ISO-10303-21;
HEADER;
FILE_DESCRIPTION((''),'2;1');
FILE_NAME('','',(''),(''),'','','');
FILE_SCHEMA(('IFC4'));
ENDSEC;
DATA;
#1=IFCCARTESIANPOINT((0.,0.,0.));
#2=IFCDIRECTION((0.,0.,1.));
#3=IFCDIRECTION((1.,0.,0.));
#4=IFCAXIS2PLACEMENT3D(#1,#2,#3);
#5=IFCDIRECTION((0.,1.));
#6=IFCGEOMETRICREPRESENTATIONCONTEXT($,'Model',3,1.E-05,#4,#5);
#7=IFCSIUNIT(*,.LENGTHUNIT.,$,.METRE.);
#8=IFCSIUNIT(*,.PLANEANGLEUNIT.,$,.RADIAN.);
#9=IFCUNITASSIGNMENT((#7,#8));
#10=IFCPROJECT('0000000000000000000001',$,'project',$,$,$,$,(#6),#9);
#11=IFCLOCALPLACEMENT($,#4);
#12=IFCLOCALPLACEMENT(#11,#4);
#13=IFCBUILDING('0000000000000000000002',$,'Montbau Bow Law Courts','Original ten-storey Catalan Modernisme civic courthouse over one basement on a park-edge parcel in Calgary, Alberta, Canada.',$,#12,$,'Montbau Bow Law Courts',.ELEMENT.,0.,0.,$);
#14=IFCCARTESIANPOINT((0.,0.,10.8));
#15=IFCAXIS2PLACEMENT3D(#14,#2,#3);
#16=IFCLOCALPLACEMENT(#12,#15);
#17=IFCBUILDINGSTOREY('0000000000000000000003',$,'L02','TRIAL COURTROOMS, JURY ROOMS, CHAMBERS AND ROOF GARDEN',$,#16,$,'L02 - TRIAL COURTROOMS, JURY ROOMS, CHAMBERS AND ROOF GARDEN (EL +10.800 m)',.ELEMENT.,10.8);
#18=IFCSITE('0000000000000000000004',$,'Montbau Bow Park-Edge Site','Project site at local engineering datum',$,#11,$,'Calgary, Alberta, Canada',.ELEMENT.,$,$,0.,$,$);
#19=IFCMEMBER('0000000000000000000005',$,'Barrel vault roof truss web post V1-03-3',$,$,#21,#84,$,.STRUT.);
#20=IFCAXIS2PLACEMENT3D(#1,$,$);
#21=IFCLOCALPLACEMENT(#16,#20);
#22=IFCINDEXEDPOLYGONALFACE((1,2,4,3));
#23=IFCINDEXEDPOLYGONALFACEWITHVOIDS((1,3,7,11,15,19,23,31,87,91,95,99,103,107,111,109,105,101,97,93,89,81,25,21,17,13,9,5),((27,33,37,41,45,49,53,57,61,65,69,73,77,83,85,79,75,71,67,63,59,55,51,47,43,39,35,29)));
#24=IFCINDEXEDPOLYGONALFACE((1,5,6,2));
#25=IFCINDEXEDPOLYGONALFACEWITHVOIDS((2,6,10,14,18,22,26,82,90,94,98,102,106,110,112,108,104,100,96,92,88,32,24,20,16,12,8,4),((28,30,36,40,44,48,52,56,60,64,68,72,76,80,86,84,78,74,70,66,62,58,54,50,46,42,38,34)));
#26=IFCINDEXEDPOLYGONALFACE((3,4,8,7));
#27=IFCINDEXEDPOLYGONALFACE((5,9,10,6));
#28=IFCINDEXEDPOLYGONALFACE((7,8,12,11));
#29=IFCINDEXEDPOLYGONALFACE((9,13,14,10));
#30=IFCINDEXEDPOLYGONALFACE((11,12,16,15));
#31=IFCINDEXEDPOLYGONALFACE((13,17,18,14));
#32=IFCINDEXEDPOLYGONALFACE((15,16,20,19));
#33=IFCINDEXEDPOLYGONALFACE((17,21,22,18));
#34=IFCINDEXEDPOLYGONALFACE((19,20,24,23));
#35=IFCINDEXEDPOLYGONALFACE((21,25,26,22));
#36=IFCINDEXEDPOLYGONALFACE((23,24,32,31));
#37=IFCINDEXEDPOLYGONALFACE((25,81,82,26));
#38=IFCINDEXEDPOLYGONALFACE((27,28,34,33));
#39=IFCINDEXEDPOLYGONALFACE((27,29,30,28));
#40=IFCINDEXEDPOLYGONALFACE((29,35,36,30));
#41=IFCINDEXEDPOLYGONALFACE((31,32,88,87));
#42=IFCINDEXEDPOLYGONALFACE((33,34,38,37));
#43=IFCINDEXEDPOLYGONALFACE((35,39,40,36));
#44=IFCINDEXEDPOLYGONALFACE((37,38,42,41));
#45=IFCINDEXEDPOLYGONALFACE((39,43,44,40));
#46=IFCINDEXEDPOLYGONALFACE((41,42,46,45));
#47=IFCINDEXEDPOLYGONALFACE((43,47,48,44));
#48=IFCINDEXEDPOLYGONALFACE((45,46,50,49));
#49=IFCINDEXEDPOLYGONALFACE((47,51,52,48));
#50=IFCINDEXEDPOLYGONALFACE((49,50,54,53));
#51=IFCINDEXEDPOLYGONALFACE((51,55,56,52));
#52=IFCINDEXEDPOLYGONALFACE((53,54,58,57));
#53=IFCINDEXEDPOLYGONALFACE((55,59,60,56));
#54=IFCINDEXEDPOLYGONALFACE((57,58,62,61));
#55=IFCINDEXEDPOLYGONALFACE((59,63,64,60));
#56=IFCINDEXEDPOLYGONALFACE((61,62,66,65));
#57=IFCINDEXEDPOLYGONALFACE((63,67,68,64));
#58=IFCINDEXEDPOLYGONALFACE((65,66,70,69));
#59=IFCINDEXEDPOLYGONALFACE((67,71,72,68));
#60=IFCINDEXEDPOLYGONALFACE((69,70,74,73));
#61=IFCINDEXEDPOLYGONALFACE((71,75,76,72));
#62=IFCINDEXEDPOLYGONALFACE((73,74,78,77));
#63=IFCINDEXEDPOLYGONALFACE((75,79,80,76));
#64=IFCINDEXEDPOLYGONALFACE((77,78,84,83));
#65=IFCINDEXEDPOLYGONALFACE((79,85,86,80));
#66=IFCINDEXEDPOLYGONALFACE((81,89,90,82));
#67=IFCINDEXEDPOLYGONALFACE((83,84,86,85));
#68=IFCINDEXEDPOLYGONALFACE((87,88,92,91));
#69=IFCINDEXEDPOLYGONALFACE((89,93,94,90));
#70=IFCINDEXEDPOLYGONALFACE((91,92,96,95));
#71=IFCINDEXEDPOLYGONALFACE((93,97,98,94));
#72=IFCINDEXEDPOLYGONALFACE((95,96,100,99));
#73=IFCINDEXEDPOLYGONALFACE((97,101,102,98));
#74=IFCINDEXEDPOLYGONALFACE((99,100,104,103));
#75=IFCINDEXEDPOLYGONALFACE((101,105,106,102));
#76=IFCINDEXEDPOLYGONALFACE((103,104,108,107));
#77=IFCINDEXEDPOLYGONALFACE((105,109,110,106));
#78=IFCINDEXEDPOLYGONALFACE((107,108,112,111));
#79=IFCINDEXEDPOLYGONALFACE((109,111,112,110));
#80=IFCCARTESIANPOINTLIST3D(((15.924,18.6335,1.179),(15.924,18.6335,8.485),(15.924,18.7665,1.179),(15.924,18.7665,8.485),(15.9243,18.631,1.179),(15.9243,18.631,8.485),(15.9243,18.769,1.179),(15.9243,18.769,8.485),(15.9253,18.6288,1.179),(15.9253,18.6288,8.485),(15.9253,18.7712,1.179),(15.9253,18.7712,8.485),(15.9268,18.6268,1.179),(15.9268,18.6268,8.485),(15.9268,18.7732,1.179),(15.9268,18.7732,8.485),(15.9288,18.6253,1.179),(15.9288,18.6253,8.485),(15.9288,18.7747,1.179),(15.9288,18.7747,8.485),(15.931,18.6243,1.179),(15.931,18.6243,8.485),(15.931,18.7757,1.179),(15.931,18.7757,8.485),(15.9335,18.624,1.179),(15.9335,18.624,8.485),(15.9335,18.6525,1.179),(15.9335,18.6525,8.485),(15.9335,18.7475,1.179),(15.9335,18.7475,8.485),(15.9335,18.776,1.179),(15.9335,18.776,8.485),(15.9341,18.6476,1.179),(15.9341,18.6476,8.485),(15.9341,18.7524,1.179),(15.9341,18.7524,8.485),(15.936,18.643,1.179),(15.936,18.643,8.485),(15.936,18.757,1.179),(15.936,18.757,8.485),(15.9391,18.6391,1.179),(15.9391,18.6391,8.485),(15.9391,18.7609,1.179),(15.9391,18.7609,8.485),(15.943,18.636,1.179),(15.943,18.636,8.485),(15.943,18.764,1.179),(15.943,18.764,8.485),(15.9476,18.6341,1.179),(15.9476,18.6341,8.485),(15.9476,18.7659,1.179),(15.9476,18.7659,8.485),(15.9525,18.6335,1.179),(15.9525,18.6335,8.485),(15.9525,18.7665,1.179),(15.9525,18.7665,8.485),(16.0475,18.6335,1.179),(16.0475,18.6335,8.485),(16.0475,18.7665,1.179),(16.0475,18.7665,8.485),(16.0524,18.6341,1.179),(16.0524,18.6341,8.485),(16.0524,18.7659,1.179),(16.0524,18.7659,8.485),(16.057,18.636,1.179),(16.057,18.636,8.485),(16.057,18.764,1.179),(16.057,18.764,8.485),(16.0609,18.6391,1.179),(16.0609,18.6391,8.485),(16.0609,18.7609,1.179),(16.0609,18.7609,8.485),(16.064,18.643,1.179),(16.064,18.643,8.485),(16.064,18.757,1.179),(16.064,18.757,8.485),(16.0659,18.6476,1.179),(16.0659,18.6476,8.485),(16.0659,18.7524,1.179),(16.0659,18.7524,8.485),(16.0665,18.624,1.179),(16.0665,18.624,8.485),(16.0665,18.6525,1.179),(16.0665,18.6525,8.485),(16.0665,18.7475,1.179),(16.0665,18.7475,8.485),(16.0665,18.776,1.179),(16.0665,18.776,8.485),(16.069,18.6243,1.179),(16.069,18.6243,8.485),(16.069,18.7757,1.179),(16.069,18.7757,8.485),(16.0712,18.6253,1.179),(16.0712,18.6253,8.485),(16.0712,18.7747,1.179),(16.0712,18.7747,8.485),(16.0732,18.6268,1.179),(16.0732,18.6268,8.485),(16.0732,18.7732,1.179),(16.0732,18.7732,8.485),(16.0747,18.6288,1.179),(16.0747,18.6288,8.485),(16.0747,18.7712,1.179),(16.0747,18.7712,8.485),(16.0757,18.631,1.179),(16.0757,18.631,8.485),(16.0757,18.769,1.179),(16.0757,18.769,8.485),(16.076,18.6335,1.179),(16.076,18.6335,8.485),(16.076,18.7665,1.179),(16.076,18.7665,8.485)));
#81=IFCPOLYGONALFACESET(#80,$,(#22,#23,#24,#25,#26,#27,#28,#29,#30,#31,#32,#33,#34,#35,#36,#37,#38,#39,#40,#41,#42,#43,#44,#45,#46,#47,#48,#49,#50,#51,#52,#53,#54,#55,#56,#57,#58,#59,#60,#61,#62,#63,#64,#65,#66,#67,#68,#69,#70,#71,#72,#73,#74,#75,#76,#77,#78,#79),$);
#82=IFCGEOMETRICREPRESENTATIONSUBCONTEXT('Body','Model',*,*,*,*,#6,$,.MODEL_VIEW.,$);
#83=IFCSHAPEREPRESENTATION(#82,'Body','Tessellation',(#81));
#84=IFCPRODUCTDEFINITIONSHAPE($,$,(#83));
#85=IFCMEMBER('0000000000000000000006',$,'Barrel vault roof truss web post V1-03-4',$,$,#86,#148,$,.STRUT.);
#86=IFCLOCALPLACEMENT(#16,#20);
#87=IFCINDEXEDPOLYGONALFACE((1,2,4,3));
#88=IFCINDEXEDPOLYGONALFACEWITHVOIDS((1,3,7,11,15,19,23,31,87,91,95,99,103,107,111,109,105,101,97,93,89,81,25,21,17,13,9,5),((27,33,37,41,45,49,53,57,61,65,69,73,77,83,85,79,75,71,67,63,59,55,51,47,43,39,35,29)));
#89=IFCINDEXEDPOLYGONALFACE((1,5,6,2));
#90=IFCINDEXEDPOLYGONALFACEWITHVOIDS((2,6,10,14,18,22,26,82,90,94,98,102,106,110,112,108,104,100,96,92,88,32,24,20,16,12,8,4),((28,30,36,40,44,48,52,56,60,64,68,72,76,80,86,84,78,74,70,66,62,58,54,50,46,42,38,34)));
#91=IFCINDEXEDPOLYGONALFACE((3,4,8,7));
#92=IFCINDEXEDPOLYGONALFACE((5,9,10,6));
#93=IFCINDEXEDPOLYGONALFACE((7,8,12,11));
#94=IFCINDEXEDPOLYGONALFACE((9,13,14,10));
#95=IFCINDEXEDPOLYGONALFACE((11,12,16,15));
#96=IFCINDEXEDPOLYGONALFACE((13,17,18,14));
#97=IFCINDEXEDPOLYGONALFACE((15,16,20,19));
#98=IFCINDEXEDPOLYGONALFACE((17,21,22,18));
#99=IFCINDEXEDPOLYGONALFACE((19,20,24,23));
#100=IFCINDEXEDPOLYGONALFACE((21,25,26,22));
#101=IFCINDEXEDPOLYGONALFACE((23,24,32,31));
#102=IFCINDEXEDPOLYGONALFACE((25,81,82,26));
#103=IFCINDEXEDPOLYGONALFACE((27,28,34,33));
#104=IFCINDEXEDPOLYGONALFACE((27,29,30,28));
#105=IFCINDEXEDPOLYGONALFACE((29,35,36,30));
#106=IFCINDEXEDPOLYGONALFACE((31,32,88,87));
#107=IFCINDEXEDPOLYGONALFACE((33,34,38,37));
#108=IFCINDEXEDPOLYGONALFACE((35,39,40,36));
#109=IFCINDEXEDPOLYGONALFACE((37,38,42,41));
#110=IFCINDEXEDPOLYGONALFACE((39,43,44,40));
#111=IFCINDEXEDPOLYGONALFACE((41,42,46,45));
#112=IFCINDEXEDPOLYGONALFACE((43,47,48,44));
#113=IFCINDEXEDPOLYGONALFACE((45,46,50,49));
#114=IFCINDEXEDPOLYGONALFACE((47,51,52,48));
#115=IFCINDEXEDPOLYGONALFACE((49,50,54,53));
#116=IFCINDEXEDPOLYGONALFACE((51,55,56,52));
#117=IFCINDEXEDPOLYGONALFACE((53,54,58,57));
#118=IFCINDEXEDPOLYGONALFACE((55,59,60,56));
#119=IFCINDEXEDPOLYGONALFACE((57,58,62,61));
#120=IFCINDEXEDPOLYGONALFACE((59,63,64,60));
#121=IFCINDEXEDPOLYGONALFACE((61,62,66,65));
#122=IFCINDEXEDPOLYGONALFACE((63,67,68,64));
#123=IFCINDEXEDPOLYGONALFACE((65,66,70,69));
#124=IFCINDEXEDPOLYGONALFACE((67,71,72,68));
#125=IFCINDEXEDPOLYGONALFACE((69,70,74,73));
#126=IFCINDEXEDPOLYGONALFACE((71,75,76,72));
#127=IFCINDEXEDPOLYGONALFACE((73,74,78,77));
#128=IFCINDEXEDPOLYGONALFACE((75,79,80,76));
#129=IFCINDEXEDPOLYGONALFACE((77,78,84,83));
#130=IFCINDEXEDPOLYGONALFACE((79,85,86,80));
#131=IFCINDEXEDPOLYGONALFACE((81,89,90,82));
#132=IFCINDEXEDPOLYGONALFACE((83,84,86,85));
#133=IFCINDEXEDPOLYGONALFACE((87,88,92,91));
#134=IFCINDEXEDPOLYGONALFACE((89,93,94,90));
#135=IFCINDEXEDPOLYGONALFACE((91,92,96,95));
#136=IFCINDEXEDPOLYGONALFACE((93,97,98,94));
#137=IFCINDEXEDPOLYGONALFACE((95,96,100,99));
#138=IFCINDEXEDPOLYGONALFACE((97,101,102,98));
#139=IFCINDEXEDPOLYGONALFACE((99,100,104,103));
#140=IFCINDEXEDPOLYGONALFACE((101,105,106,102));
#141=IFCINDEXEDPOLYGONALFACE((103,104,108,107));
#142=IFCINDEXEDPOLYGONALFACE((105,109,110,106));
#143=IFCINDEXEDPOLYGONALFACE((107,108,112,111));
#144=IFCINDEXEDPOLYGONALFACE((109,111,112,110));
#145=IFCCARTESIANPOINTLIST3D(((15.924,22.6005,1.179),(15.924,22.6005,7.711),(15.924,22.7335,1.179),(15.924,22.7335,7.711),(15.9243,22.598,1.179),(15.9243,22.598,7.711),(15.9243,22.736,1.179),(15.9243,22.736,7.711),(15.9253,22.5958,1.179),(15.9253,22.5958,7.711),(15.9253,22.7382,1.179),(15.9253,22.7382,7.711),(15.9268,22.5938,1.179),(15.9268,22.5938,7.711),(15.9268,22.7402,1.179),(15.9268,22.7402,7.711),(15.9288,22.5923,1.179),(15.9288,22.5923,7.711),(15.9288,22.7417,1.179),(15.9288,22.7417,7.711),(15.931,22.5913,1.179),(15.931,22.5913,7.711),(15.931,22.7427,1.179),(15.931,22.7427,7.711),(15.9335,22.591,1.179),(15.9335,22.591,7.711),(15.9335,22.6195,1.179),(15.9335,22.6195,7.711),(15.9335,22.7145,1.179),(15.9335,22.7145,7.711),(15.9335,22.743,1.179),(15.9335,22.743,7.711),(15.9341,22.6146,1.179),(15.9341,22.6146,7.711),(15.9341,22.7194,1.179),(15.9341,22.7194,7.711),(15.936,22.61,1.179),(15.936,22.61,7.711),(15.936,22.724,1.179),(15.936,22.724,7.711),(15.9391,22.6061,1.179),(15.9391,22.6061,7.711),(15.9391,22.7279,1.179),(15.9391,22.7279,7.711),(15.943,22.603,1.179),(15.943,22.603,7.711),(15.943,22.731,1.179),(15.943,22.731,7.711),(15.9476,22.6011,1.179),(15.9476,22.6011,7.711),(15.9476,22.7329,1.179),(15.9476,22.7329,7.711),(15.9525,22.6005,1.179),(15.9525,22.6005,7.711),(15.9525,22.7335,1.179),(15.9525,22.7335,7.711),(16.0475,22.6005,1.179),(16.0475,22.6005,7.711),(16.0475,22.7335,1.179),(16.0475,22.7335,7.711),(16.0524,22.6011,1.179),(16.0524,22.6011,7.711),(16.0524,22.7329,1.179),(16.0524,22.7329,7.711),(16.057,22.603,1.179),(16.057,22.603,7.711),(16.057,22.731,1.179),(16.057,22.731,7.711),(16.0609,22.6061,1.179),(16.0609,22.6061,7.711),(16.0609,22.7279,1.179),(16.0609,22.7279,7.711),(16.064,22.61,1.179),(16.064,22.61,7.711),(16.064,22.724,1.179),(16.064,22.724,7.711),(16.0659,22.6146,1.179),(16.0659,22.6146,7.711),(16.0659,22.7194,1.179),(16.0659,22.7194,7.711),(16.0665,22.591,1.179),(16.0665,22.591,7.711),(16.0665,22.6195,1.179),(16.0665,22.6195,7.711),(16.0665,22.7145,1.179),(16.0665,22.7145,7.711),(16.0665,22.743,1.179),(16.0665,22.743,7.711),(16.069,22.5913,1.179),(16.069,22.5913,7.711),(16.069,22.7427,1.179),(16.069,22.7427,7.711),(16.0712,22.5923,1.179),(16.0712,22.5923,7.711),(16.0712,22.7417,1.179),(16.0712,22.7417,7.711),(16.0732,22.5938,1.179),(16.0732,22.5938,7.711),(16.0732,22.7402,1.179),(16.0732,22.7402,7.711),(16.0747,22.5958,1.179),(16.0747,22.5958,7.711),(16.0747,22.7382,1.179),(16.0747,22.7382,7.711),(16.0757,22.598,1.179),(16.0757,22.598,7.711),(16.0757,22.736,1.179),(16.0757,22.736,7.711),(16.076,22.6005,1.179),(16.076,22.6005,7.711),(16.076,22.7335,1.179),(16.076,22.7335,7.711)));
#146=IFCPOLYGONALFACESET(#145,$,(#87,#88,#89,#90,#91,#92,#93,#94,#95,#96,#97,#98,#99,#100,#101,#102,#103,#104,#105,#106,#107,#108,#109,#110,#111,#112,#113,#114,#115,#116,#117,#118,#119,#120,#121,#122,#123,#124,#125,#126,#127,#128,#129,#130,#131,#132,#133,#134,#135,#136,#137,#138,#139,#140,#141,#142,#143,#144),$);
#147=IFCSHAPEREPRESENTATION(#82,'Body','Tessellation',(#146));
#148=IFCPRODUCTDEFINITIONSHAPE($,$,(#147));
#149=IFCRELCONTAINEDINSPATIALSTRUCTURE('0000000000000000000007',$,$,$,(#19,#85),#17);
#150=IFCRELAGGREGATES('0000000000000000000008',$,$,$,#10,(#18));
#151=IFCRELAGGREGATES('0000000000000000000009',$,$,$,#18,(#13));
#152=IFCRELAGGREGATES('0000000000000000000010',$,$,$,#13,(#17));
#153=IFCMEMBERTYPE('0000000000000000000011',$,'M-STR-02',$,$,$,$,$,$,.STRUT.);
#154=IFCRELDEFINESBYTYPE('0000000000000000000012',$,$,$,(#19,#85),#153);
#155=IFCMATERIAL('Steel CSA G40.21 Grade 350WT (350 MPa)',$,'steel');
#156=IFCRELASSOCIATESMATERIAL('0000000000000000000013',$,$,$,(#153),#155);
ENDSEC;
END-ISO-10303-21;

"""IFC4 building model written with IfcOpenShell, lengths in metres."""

from ifc_helpers import new_model, si_unit, direction, frame, origin_with_axes, origin_2d_with_axis, place, context, subcontext, project, spatial, hollow_rectangle, extrude, material, material_profile, profile_set, type_object, element, save


model = new_model("IFC4")

# Units and contexts
model_context = context("Model", 3, precision=1e-05, world=origin_with_axes(), true_north=direction((0.0, 1.0)))
body_context = subcontext(model_context, "Body", "Model", "MODEL_VIEW")
ifc_project = project(units=[si_unit("LENGTHUNIT", "METRE"), si_unit("PLANEANGLEUNIT", "RADIAN")], contexts=[model_context])

# Site, building, storey
site_placement = place(None, origin_with_axes())
site = spatial("IfcSite", under=ifc_project, at=site_placement, Name="Montbau Bow Park-Edge Site", Description="Project site at local engineering datum", LongName="Calgary, Alberta, Canada", CompositionType="ELEMENT", RefElevation=0.0)
building_placement = place(site_placement, origin_with_axes())
building = spatial("IfcBuilding", under=site, at=building_placement, Name="Montbau Bow Law Courts", Description="Original ten-storey Catalan Modernisme civic courthouse over one basement on a park-edge parcel in Calgary, Alberta, Canada.", LongName="Montbau Bow Law Courts", CompositionType="ELEMENT", ElevationOfRefHeight=0.0, ElevationOfTerrain=0.0)
storey_placement = place(building_placement, frame((0.0, 0.0, 10.8), z_axis=(0.0, 0.0, 1.0), x_axis=(1.0, 0.0, 0.0)))
storey = spatial("IfcBuildingStorey", under=building, at=storey_placement, Name="L02", Description="TRIAL COURTROOMS, JURY ROOMS, CHAMBERS AND ROOF GARDEN", LongName="L02 - TRIAL COURTROOMS, JURY ROOMS, CHAMBERS AND ROOF GARDEN (EL +10.800 m)", CompositionType="ELEMENT", Elevation=10.8)

# Shared definitions
ifc_material = material(Name="Steel CSA G40.21 Grade 350WT (350 MPa)", Category="steel")

# Members
ifc_material_profile_1 = material_profile(ifc_material, hollow_rectangle(XDim=0.152, YDim=0.152, WallThickness=0.0095, InnerFilletRadius=0.019, OuterFilletRadius=0.0095, at=origin_2d_with_axis()), Name="HSS152X152X9.5", Category="Main", Priority=0)
ifc_profile_set_1 = profile_set([ifc_material_profile_1], Name="Steel CSA G40.21 Grade 350WT (350 MPa)")
member_type_1 = type_object("IfcMemberType", Name="M-STR-02", PredefinedType="STRUT", material=ifc_profile_set_1)
member_1_placement = place(None, frame((16.0, 18.7, 11.979), z_axis=(0.0, 0.0, 1.0), x_axis=(1.0, 0.0, 0.0)))
element("IfcMember", 1, at=member_1_placement, inside=storey, type_object=member_type_1, Name="Barrel vault roof truss web post V1-03-3", PredefinedType="STRUT", context=body_context, shape_type="SweptSolid", body=[
    extrude(hollow_rectangle(XDim=0.152, YDim=0.152, WallThickness=0.0095, InnerFilletRadius=0.019, OuterFilletRadius=0.0095, at=origin_2d_with_axis()), origin_with_axes(), (0.0, 0.0, 1.0), 7.306),
])
for number, where, z_axis, x_axis, name in (
    (2, (16.0, 22.667, 11.979), (0.0, 0.0, 1.0), (1.0, 0.0, 0.0), "Barrel vault roof truss web post V1-03-4"),
):
    element("IfcMember", number, at=place(None, frame(where, z_axis=z_axis, x_axis=x_axis)), inside=storey, type_object=member_type_1, Name=name, PredefinedType="STRUT", context=body_context, shape_type="SweptSolid", body=[
        extrude(hollow_rectangle(XDim=0.152, YDim=0.152, WallThickness=0.0095, InnerFilletRadius=0.019, OuterFilletRadius=0.0095, at=origin_2d_with_axis()), origin_with_axes(), (0.0, 0.0, 1.0), 6.532),
    ])

save(model, "model.ifc")
